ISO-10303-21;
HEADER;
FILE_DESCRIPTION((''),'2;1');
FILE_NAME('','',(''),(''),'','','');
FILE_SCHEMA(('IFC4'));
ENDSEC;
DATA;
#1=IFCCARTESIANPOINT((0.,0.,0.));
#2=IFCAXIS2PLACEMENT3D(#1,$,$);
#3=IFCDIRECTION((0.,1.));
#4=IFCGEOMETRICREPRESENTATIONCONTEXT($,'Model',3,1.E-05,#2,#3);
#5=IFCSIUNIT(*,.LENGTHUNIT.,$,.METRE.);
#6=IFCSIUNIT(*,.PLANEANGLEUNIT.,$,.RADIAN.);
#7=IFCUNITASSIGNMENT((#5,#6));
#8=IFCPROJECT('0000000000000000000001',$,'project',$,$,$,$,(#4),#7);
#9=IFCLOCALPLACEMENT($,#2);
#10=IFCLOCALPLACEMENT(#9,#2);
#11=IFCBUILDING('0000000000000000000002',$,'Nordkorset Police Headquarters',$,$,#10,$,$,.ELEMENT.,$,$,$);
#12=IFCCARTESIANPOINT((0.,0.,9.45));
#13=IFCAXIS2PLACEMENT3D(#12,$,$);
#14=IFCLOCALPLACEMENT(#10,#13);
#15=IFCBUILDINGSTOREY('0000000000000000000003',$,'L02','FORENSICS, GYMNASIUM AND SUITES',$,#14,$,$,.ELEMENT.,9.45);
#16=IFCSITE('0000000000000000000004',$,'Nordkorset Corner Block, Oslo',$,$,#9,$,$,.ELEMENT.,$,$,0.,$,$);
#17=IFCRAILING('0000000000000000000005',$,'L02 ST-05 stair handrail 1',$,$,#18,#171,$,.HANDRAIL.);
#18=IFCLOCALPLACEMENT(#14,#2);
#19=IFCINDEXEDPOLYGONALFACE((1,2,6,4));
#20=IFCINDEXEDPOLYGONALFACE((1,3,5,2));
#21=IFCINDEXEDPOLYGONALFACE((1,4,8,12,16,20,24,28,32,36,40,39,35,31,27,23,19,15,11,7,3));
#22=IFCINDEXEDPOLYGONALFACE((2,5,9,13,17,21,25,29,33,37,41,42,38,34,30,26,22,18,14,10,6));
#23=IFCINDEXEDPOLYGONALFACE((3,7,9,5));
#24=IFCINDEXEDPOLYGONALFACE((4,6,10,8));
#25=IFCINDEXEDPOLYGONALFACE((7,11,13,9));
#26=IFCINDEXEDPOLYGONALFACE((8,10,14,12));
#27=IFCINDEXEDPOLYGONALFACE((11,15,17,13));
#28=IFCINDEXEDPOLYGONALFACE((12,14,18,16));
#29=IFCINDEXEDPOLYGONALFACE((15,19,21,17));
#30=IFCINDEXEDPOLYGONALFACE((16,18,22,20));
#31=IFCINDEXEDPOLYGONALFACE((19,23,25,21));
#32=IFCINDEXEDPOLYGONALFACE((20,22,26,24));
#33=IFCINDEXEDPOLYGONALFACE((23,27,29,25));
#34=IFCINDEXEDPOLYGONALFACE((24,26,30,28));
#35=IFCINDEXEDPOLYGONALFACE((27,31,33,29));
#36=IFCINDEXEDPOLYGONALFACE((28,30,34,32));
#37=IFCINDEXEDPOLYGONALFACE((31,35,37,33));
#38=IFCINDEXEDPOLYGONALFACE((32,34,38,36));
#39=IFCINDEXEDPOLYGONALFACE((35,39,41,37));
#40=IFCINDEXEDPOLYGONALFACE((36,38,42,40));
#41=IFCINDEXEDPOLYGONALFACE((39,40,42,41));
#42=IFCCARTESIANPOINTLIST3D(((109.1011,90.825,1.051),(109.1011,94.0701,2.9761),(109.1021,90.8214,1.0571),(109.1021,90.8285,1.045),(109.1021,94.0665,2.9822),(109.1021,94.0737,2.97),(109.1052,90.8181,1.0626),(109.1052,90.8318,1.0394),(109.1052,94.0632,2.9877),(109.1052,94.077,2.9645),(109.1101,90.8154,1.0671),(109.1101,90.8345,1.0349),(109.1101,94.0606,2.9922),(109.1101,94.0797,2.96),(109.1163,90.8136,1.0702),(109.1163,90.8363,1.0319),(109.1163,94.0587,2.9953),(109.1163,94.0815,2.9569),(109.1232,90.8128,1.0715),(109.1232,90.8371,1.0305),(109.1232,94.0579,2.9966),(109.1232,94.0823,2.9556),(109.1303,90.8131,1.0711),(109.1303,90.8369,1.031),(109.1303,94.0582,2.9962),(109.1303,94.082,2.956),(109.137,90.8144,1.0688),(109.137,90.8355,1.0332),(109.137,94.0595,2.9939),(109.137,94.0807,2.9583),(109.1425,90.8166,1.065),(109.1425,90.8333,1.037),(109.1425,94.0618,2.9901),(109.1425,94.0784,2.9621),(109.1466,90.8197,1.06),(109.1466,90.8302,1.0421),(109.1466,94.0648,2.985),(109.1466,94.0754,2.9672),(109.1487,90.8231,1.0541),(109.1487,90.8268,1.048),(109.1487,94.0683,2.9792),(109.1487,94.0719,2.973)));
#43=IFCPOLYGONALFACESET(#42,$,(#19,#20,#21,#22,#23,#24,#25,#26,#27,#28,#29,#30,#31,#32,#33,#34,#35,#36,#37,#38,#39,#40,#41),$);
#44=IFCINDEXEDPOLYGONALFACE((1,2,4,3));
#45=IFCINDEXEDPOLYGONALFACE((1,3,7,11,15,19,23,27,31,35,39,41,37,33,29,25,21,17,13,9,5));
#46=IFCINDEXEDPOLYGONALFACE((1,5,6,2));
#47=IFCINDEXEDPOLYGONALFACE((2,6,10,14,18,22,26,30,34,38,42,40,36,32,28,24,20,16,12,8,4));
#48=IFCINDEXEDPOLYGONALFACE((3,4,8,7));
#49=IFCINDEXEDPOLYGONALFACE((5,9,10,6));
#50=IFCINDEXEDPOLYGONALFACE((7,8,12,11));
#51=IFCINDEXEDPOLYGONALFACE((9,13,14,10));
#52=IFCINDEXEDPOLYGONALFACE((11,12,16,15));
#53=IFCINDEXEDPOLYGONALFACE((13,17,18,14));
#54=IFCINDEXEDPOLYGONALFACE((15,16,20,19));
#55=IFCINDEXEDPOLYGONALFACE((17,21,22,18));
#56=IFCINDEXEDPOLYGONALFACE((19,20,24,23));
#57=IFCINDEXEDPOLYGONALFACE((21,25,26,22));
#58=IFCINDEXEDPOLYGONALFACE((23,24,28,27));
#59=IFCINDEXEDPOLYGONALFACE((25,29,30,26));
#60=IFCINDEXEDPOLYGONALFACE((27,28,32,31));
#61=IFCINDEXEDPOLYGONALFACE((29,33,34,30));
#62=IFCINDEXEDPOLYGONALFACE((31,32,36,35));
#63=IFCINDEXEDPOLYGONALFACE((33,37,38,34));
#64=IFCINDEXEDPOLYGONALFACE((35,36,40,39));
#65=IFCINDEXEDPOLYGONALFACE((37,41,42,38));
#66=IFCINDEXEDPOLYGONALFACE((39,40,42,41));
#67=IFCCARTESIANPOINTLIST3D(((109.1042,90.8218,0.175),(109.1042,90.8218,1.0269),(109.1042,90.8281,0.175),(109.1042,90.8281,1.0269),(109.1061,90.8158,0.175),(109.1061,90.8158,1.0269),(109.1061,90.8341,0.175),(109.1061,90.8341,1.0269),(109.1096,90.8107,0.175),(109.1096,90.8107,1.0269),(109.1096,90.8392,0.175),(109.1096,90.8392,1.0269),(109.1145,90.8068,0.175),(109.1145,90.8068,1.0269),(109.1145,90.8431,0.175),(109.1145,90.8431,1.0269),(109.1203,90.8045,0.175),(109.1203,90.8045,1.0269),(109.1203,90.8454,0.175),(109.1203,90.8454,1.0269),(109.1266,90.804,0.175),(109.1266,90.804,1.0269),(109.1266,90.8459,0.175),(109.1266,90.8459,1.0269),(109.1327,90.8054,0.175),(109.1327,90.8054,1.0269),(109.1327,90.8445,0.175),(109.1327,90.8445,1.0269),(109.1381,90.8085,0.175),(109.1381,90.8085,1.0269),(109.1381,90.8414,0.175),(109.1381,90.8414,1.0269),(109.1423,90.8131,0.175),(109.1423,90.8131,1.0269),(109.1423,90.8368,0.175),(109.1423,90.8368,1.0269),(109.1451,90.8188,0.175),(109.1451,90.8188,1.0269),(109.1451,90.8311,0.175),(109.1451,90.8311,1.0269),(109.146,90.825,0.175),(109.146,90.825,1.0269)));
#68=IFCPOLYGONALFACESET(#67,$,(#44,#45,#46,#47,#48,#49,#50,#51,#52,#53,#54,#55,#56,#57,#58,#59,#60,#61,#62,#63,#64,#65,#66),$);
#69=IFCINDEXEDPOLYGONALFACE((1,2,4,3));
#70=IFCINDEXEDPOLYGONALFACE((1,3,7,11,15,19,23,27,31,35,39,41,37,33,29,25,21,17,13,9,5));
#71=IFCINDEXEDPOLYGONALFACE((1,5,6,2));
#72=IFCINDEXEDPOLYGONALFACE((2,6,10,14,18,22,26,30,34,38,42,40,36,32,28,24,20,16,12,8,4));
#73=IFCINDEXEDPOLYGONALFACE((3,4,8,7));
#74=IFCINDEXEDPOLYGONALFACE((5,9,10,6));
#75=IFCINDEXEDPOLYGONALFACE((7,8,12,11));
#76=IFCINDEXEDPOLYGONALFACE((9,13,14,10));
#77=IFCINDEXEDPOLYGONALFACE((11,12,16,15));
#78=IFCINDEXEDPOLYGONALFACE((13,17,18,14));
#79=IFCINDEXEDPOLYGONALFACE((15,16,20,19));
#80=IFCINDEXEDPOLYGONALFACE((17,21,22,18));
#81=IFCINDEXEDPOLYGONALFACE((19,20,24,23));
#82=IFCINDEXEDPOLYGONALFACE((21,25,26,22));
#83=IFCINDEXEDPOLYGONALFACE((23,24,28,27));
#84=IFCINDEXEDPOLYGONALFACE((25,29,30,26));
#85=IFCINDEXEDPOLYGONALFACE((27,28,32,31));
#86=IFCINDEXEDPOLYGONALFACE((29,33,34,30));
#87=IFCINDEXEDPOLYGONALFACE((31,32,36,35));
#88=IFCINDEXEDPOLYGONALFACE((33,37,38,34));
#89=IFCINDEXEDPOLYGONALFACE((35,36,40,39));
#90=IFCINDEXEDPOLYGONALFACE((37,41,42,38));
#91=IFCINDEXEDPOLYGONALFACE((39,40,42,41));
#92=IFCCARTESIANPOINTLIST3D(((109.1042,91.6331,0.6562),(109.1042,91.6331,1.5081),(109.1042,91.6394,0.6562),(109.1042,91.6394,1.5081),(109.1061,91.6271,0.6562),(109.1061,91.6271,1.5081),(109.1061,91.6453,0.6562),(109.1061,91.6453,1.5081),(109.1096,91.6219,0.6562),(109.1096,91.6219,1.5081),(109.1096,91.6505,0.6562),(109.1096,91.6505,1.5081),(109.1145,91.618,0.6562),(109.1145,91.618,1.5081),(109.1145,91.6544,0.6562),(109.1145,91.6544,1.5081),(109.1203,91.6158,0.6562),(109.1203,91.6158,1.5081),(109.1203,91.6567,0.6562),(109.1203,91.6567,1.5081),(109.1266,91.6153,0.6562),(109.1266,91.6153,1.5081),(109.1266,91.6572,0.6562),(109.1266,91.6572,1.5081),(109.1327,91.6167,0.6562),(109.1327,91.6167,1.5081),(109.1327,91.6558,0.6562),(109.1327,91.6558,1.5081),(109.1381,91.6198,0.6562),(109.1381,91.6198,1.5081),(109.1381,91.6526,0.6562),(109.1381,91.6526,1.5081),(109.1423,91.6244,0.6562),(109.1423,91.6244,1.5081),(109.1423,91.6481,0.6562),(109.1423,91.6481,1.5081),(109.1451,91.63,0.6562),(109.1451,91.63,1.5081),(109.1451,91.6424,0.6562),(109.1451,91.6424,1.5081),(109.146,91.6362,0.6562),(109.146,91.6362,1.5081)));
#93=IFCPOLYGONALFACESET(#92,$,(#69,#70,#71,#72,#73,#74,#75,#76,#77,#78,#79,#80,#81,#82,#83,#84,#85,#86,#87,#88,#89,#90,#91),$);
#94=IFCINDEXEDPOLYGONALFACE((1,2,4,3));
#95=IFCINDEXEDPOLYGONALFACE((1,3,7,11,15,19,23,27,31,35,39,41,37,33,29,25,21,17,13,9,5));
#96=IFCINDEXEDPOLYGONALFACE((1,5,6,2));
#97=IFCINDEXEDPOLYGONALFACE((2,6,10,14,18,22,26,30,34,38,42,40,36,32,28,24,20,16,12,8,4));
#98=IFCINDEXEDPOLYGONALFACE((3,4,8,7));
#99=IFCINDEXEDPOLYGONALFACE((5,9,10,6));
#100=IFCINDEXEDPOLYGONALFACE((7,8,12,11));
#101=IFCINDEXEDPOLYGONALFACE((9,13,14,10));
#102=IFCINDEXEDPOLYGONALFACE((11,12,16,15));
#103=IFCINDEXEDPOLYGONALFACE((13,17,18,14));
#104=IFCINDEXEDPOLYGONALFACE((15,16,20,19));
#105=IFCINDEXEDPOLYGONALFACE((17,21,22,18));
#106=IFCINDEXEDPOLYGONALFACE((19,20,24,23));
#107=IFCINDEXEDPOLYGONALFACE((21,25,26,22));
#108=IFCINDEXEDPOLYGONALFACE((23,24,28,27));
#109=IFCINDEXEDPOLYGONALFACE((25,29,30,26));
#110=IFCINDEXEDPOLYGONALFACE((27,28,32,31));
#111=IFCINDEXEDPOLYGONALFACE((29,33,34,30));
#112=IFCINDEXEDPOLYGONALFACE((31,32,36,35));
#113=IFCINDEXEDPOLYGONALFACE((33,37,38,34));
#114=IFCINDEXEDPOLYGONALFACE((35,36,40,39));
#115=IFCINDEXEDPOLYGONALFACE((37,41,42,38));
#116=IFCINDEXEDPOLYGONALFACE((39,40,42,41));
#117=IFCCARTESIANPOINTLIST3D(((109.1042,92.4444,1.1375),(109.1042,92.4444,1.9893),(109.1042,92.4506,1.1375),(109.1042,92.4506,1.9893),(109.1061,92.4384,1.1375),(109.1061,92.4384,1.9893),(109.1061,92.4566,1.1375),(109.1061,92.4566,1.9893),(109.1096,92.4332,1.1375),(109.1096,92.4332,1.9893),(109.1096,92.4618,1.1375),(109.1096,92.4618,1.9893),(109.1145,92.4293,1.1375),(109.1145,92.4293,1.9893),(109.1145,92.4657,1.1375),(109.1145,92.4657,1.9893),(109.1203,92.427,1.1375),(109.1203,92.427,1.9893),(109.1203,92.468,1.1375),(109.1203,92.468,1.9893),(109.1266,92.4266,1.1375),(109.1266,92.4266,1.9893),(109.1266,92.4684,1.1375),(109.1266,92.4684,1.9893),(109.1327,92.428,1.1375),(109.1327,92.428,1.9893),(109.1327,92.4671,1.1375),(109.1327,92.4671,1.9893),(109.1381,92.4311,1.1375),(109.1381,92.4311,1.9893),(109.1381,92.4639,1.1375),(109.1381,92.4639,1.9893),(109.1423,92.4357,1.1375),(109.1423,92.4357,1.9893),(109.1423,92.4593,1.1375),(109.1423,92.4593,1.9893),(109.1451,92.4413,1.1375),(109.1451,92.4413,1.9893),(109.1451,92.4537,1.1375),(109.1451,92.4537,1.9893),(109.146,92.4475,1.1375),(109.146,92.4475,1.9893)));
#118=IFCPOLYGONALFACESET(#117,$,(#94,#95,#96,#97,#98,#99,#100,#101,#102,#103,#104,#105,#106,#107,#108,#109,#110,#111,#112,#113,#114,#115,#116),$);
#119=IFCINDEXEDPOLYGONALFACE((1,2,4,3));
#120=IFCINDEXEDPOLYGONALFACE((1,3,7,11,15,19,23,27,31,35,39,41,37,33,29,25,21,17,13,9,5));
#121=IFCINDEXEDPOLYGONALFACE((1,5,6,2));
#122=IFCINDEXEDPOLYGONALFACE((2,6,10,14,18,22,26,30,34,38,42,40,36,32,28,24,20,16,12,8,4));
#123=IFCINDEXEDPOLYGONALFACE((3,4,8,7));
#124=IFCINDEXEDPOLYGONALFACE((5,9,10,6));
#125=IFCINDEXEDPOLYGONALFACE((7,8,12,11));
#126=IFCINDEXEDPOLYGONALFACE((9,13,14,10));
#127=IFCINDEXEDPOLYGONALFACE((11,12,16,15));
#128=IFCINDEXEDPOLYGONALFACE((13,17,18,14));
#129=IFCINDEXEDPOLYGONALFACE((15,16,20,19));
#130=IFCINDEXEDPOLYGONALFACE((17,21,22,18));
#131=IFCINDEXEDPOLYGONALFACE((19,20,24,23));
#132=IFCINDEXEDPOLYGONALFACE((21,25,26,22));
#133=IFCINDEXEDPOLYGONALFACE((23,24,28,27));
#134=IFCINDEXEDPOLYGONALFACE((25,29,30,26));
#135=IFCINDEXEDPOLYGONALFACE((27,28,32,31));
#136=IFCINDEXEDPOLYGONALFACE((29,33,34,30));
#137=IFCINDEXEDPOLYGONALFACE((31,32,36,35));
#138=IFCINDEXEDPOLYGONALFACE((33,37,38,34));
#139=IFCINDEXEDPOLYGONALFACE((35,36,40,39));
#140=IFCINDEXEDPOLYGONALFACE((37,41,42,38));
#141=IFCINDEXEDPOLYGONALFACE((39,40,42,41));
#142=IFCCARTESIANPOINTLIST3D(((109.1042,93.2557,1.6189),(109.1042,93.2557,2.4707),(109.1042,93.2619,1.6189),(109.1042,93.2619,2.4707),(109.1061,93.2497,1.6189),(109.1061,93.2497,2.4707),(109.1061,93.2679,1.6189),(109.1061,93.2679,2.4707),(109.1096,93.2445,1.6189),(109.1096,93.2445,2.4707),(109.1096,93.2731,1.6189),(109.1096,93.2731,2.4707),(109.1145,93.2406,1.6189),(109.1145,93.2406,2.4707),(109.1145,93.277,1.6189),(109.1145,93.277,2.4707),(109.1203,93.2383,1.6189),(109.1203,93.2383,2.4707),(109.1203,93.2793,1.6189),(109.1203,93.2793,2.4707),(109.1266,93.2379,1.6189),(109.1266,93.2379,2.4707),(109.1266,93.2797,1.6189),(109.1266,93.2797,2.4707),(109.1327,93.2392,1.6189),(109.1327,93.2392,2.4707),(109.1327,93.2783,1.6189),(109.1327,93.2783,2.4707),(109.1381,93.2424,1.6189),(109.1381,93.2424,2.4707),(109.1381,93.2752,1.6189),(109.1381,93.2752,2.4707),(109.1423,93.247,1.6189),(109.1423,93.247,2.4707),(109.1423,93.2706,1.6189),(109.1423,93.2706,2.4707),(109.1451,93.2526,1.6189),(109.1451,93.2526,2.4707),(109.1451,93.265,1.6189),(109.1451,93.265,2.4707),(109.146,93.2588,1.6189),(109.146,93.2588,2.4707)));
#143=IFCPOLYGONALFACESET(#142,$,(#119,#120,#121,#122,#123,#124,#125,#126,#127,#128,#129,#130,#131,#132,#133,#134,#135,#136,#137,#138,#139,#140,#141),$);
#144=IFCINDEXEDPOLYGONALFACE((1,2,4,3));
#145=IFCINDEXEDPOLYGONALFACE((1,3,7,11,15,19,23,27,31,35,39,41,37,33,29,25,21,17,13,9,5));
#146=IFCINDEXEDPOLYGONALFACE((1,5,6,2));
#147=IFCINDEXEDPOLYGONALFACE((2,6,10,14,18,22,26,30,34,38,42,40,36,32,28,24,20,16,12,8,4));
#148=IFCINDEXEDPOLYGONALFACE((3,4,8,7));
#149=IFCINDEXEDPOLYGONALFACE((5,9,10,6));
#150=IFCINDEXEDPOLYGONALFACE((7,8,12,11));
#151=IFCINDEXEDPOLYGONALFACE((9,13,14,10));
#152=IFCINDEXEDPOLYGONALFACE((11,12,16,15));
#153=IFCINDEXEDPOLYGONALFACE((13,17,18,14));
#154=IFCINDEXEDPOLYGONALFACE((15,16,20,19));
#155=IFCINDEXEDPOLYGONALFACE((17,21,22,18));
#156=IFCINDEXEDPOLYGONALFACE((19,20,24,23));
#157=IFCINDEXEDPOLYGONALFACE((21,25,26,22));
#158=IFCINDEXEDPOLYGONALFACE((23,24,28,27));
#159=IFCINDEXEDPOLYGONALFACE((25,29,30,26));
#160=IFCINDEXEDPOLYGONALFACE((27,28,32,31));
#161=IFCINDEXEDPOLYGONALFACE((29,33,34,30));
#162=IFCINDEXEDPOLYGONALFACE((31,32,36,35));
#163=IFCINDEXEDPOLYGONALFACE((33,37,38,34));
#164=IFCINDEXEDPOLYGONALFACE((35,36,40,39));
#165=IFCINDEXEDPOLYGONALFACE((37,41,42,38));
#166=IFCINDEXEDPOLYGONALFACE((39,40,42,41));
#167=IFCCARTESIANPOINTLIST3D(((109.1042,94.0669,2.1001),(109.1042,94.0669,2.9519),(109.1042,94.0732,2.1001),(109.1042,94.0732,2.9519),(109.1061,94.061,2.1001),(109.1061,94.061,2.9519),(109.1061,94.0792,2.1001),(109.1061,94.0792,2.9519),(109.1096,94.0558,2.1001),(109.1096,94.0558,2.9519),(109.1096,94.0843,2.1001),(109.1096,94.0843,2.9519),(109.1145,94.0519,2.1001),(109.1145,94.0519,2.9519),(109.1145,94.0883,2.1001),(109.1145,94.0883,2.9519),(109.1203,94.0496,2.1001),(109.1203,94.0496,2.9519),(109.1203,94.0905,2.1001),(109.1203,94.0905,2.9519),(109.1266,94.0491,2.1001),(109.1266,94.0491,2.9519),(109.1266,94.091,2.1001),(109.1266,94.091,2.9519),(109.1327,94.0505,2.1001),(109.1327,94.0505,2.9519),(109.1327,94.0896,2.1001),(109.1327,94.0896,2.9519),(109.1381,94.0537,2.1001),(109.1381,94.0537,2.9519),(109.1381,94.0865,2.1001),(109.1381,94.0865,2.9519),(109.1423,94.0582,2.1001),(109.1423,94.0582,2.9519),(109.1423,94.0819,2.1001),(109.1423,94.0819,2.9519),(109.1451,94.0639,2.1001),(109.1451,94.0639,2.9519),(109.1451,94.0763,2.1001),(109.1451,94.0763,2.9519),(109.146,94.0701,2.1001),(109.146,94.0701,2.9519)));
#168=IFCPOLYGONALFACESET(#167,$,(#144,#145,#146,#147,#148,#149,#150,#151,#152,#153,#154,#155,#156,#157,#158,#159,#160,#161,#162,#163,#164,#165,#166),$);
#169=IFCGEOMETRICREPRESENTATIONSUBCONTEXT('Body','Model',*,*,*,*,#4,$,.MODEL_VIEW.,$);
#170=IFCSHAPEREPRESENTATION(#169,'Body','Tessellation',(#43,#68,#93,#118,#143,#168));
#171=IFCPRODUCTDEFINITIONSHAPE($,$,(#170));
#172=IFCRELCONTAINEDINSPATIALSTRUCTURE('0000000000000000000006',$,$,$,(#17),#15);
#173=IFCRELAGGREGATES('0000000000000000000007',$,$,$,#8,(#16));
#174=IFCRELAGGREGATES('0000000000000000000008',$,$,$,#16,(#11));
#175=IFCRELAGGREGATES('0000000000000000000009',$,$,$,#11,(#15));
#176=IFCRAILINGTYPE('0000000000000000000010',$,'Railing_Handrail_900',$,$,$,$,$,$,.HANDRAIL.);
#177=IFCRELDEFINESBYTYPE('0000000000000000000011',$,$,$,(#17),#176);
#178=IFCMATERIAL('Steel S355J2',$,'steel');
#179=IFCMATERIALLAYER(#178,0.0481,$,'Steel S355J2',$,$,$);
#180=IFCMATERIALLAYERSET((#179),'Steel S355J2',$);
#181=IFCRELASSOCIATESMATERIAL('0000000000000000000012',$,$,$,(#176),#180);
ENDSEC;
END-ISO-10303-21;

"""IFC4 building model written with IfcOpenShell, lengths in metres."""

from ifc_helpers import new_model, si_unit, direction, frame, origin, origin_2d, place, context, subcontext, project, spatial, circle, extrude, material, layer, layer_set, type_object, element, save


model = new_model("IFC4")

# Units and contexts
model_context = context("Model", 3, precision=1e-05, world=origin(), true_north=direction((0.0, 1.0)))
body_context = subcontext(model_context, "Body", "Model", "MODEL_VIEW")
ifc_project = project(units=[si_unit("LENGTHUNIT", "METRE"), si_unit("PLANEANGLEUNIT", "RADIAN")], contexts=[model_context])

# Site, building, storey
site_placement = place(None, origin())
site = spatial("IfcSite", under=ifc_project, at=site_placement, Name="Nordkorset Corner Block, Oslo", CompositionType="ELEMENT", RefElevation=0.0)
building_placement = place(site_placement, origin())
building = spatial("IfcBuilding", under=site, at=building_placement, Name="Nordkorset Police Headquarters", CompositionType="ELEMENT")
storey_placement = place(building_placement, frame((0.0, 0.0, 9.45)))
storey = spatial("IfcBuildingStorey", under=building, at=storey_placement, Name="L02", Description="FORENSICS, GYMNASIUM AND SUITES", CompositionType="ELEMENT", Elevation=9.45)

# Railing
ifc_material_1 = material(Name="Steel S355J2", Category="steel")
ifc_layer_1 = layer(ifc_material_1, 0.0481, Name="Steel S355J2")
ifc_layer_set_1 = layer_set([ifc_layer_1], Name="Steel S355J2")
railing_type_1 = type_object("IfcRailingType", Name="Railing_Handrail_900", PredefinedType="HANDRAIL", material=ifc_layer_set_1)
railing_1_placement = place(storey_placement, frame((109.125, 90.825, 0.175)))
element("IfcRailing", 1, at=railing_1_placement, inside=storey, type_object=railing_type_1, Name="L02 ST-05 stair handrail 1", PredefinedType="HANDRAIL", context=body_context, shape_type="SweptSolid", body=[
    extrude(circle(Radius=0.0239, at=origin_2d()), frame((0.0, 0.0, 0.876), z_axis=(0.0, 0.860057, 0.510198), x_axis=(-1.0, 0.0, 0.0)), (0.0, 0.0, 1.0), 3.7732),
    extrude(circle(Radius=0.021, at=origin_2d()), origin(), (0.0, 0.0, 1.0), 0.8518),
    extrude(circle(Radius=0.021, at=origin_2d()), frame((0.0, 0.8113, 0.4812)), (0.0, 0.0, 1.0), 0.8518),
    extrude(circle(Radius=0.021, at=origin_2d()), frame((0.0, 1.6226, 0.9624)), (0.0, 0.0, 1.0), 0.8518),
    extrude(circle(Radius=0.021, at=origin_2d()), frame((0.0, 2.4338, 1.4438)), (0.0, 0.0, 1.0), 0.8518),
    extrude(circle(Radius=0.021, at=origin_2d()), frame((0.0, 3.2451, 1.925)), (0.0, 0.0, 1.0), 0.8518),
])

save(model, "model.ifc")
